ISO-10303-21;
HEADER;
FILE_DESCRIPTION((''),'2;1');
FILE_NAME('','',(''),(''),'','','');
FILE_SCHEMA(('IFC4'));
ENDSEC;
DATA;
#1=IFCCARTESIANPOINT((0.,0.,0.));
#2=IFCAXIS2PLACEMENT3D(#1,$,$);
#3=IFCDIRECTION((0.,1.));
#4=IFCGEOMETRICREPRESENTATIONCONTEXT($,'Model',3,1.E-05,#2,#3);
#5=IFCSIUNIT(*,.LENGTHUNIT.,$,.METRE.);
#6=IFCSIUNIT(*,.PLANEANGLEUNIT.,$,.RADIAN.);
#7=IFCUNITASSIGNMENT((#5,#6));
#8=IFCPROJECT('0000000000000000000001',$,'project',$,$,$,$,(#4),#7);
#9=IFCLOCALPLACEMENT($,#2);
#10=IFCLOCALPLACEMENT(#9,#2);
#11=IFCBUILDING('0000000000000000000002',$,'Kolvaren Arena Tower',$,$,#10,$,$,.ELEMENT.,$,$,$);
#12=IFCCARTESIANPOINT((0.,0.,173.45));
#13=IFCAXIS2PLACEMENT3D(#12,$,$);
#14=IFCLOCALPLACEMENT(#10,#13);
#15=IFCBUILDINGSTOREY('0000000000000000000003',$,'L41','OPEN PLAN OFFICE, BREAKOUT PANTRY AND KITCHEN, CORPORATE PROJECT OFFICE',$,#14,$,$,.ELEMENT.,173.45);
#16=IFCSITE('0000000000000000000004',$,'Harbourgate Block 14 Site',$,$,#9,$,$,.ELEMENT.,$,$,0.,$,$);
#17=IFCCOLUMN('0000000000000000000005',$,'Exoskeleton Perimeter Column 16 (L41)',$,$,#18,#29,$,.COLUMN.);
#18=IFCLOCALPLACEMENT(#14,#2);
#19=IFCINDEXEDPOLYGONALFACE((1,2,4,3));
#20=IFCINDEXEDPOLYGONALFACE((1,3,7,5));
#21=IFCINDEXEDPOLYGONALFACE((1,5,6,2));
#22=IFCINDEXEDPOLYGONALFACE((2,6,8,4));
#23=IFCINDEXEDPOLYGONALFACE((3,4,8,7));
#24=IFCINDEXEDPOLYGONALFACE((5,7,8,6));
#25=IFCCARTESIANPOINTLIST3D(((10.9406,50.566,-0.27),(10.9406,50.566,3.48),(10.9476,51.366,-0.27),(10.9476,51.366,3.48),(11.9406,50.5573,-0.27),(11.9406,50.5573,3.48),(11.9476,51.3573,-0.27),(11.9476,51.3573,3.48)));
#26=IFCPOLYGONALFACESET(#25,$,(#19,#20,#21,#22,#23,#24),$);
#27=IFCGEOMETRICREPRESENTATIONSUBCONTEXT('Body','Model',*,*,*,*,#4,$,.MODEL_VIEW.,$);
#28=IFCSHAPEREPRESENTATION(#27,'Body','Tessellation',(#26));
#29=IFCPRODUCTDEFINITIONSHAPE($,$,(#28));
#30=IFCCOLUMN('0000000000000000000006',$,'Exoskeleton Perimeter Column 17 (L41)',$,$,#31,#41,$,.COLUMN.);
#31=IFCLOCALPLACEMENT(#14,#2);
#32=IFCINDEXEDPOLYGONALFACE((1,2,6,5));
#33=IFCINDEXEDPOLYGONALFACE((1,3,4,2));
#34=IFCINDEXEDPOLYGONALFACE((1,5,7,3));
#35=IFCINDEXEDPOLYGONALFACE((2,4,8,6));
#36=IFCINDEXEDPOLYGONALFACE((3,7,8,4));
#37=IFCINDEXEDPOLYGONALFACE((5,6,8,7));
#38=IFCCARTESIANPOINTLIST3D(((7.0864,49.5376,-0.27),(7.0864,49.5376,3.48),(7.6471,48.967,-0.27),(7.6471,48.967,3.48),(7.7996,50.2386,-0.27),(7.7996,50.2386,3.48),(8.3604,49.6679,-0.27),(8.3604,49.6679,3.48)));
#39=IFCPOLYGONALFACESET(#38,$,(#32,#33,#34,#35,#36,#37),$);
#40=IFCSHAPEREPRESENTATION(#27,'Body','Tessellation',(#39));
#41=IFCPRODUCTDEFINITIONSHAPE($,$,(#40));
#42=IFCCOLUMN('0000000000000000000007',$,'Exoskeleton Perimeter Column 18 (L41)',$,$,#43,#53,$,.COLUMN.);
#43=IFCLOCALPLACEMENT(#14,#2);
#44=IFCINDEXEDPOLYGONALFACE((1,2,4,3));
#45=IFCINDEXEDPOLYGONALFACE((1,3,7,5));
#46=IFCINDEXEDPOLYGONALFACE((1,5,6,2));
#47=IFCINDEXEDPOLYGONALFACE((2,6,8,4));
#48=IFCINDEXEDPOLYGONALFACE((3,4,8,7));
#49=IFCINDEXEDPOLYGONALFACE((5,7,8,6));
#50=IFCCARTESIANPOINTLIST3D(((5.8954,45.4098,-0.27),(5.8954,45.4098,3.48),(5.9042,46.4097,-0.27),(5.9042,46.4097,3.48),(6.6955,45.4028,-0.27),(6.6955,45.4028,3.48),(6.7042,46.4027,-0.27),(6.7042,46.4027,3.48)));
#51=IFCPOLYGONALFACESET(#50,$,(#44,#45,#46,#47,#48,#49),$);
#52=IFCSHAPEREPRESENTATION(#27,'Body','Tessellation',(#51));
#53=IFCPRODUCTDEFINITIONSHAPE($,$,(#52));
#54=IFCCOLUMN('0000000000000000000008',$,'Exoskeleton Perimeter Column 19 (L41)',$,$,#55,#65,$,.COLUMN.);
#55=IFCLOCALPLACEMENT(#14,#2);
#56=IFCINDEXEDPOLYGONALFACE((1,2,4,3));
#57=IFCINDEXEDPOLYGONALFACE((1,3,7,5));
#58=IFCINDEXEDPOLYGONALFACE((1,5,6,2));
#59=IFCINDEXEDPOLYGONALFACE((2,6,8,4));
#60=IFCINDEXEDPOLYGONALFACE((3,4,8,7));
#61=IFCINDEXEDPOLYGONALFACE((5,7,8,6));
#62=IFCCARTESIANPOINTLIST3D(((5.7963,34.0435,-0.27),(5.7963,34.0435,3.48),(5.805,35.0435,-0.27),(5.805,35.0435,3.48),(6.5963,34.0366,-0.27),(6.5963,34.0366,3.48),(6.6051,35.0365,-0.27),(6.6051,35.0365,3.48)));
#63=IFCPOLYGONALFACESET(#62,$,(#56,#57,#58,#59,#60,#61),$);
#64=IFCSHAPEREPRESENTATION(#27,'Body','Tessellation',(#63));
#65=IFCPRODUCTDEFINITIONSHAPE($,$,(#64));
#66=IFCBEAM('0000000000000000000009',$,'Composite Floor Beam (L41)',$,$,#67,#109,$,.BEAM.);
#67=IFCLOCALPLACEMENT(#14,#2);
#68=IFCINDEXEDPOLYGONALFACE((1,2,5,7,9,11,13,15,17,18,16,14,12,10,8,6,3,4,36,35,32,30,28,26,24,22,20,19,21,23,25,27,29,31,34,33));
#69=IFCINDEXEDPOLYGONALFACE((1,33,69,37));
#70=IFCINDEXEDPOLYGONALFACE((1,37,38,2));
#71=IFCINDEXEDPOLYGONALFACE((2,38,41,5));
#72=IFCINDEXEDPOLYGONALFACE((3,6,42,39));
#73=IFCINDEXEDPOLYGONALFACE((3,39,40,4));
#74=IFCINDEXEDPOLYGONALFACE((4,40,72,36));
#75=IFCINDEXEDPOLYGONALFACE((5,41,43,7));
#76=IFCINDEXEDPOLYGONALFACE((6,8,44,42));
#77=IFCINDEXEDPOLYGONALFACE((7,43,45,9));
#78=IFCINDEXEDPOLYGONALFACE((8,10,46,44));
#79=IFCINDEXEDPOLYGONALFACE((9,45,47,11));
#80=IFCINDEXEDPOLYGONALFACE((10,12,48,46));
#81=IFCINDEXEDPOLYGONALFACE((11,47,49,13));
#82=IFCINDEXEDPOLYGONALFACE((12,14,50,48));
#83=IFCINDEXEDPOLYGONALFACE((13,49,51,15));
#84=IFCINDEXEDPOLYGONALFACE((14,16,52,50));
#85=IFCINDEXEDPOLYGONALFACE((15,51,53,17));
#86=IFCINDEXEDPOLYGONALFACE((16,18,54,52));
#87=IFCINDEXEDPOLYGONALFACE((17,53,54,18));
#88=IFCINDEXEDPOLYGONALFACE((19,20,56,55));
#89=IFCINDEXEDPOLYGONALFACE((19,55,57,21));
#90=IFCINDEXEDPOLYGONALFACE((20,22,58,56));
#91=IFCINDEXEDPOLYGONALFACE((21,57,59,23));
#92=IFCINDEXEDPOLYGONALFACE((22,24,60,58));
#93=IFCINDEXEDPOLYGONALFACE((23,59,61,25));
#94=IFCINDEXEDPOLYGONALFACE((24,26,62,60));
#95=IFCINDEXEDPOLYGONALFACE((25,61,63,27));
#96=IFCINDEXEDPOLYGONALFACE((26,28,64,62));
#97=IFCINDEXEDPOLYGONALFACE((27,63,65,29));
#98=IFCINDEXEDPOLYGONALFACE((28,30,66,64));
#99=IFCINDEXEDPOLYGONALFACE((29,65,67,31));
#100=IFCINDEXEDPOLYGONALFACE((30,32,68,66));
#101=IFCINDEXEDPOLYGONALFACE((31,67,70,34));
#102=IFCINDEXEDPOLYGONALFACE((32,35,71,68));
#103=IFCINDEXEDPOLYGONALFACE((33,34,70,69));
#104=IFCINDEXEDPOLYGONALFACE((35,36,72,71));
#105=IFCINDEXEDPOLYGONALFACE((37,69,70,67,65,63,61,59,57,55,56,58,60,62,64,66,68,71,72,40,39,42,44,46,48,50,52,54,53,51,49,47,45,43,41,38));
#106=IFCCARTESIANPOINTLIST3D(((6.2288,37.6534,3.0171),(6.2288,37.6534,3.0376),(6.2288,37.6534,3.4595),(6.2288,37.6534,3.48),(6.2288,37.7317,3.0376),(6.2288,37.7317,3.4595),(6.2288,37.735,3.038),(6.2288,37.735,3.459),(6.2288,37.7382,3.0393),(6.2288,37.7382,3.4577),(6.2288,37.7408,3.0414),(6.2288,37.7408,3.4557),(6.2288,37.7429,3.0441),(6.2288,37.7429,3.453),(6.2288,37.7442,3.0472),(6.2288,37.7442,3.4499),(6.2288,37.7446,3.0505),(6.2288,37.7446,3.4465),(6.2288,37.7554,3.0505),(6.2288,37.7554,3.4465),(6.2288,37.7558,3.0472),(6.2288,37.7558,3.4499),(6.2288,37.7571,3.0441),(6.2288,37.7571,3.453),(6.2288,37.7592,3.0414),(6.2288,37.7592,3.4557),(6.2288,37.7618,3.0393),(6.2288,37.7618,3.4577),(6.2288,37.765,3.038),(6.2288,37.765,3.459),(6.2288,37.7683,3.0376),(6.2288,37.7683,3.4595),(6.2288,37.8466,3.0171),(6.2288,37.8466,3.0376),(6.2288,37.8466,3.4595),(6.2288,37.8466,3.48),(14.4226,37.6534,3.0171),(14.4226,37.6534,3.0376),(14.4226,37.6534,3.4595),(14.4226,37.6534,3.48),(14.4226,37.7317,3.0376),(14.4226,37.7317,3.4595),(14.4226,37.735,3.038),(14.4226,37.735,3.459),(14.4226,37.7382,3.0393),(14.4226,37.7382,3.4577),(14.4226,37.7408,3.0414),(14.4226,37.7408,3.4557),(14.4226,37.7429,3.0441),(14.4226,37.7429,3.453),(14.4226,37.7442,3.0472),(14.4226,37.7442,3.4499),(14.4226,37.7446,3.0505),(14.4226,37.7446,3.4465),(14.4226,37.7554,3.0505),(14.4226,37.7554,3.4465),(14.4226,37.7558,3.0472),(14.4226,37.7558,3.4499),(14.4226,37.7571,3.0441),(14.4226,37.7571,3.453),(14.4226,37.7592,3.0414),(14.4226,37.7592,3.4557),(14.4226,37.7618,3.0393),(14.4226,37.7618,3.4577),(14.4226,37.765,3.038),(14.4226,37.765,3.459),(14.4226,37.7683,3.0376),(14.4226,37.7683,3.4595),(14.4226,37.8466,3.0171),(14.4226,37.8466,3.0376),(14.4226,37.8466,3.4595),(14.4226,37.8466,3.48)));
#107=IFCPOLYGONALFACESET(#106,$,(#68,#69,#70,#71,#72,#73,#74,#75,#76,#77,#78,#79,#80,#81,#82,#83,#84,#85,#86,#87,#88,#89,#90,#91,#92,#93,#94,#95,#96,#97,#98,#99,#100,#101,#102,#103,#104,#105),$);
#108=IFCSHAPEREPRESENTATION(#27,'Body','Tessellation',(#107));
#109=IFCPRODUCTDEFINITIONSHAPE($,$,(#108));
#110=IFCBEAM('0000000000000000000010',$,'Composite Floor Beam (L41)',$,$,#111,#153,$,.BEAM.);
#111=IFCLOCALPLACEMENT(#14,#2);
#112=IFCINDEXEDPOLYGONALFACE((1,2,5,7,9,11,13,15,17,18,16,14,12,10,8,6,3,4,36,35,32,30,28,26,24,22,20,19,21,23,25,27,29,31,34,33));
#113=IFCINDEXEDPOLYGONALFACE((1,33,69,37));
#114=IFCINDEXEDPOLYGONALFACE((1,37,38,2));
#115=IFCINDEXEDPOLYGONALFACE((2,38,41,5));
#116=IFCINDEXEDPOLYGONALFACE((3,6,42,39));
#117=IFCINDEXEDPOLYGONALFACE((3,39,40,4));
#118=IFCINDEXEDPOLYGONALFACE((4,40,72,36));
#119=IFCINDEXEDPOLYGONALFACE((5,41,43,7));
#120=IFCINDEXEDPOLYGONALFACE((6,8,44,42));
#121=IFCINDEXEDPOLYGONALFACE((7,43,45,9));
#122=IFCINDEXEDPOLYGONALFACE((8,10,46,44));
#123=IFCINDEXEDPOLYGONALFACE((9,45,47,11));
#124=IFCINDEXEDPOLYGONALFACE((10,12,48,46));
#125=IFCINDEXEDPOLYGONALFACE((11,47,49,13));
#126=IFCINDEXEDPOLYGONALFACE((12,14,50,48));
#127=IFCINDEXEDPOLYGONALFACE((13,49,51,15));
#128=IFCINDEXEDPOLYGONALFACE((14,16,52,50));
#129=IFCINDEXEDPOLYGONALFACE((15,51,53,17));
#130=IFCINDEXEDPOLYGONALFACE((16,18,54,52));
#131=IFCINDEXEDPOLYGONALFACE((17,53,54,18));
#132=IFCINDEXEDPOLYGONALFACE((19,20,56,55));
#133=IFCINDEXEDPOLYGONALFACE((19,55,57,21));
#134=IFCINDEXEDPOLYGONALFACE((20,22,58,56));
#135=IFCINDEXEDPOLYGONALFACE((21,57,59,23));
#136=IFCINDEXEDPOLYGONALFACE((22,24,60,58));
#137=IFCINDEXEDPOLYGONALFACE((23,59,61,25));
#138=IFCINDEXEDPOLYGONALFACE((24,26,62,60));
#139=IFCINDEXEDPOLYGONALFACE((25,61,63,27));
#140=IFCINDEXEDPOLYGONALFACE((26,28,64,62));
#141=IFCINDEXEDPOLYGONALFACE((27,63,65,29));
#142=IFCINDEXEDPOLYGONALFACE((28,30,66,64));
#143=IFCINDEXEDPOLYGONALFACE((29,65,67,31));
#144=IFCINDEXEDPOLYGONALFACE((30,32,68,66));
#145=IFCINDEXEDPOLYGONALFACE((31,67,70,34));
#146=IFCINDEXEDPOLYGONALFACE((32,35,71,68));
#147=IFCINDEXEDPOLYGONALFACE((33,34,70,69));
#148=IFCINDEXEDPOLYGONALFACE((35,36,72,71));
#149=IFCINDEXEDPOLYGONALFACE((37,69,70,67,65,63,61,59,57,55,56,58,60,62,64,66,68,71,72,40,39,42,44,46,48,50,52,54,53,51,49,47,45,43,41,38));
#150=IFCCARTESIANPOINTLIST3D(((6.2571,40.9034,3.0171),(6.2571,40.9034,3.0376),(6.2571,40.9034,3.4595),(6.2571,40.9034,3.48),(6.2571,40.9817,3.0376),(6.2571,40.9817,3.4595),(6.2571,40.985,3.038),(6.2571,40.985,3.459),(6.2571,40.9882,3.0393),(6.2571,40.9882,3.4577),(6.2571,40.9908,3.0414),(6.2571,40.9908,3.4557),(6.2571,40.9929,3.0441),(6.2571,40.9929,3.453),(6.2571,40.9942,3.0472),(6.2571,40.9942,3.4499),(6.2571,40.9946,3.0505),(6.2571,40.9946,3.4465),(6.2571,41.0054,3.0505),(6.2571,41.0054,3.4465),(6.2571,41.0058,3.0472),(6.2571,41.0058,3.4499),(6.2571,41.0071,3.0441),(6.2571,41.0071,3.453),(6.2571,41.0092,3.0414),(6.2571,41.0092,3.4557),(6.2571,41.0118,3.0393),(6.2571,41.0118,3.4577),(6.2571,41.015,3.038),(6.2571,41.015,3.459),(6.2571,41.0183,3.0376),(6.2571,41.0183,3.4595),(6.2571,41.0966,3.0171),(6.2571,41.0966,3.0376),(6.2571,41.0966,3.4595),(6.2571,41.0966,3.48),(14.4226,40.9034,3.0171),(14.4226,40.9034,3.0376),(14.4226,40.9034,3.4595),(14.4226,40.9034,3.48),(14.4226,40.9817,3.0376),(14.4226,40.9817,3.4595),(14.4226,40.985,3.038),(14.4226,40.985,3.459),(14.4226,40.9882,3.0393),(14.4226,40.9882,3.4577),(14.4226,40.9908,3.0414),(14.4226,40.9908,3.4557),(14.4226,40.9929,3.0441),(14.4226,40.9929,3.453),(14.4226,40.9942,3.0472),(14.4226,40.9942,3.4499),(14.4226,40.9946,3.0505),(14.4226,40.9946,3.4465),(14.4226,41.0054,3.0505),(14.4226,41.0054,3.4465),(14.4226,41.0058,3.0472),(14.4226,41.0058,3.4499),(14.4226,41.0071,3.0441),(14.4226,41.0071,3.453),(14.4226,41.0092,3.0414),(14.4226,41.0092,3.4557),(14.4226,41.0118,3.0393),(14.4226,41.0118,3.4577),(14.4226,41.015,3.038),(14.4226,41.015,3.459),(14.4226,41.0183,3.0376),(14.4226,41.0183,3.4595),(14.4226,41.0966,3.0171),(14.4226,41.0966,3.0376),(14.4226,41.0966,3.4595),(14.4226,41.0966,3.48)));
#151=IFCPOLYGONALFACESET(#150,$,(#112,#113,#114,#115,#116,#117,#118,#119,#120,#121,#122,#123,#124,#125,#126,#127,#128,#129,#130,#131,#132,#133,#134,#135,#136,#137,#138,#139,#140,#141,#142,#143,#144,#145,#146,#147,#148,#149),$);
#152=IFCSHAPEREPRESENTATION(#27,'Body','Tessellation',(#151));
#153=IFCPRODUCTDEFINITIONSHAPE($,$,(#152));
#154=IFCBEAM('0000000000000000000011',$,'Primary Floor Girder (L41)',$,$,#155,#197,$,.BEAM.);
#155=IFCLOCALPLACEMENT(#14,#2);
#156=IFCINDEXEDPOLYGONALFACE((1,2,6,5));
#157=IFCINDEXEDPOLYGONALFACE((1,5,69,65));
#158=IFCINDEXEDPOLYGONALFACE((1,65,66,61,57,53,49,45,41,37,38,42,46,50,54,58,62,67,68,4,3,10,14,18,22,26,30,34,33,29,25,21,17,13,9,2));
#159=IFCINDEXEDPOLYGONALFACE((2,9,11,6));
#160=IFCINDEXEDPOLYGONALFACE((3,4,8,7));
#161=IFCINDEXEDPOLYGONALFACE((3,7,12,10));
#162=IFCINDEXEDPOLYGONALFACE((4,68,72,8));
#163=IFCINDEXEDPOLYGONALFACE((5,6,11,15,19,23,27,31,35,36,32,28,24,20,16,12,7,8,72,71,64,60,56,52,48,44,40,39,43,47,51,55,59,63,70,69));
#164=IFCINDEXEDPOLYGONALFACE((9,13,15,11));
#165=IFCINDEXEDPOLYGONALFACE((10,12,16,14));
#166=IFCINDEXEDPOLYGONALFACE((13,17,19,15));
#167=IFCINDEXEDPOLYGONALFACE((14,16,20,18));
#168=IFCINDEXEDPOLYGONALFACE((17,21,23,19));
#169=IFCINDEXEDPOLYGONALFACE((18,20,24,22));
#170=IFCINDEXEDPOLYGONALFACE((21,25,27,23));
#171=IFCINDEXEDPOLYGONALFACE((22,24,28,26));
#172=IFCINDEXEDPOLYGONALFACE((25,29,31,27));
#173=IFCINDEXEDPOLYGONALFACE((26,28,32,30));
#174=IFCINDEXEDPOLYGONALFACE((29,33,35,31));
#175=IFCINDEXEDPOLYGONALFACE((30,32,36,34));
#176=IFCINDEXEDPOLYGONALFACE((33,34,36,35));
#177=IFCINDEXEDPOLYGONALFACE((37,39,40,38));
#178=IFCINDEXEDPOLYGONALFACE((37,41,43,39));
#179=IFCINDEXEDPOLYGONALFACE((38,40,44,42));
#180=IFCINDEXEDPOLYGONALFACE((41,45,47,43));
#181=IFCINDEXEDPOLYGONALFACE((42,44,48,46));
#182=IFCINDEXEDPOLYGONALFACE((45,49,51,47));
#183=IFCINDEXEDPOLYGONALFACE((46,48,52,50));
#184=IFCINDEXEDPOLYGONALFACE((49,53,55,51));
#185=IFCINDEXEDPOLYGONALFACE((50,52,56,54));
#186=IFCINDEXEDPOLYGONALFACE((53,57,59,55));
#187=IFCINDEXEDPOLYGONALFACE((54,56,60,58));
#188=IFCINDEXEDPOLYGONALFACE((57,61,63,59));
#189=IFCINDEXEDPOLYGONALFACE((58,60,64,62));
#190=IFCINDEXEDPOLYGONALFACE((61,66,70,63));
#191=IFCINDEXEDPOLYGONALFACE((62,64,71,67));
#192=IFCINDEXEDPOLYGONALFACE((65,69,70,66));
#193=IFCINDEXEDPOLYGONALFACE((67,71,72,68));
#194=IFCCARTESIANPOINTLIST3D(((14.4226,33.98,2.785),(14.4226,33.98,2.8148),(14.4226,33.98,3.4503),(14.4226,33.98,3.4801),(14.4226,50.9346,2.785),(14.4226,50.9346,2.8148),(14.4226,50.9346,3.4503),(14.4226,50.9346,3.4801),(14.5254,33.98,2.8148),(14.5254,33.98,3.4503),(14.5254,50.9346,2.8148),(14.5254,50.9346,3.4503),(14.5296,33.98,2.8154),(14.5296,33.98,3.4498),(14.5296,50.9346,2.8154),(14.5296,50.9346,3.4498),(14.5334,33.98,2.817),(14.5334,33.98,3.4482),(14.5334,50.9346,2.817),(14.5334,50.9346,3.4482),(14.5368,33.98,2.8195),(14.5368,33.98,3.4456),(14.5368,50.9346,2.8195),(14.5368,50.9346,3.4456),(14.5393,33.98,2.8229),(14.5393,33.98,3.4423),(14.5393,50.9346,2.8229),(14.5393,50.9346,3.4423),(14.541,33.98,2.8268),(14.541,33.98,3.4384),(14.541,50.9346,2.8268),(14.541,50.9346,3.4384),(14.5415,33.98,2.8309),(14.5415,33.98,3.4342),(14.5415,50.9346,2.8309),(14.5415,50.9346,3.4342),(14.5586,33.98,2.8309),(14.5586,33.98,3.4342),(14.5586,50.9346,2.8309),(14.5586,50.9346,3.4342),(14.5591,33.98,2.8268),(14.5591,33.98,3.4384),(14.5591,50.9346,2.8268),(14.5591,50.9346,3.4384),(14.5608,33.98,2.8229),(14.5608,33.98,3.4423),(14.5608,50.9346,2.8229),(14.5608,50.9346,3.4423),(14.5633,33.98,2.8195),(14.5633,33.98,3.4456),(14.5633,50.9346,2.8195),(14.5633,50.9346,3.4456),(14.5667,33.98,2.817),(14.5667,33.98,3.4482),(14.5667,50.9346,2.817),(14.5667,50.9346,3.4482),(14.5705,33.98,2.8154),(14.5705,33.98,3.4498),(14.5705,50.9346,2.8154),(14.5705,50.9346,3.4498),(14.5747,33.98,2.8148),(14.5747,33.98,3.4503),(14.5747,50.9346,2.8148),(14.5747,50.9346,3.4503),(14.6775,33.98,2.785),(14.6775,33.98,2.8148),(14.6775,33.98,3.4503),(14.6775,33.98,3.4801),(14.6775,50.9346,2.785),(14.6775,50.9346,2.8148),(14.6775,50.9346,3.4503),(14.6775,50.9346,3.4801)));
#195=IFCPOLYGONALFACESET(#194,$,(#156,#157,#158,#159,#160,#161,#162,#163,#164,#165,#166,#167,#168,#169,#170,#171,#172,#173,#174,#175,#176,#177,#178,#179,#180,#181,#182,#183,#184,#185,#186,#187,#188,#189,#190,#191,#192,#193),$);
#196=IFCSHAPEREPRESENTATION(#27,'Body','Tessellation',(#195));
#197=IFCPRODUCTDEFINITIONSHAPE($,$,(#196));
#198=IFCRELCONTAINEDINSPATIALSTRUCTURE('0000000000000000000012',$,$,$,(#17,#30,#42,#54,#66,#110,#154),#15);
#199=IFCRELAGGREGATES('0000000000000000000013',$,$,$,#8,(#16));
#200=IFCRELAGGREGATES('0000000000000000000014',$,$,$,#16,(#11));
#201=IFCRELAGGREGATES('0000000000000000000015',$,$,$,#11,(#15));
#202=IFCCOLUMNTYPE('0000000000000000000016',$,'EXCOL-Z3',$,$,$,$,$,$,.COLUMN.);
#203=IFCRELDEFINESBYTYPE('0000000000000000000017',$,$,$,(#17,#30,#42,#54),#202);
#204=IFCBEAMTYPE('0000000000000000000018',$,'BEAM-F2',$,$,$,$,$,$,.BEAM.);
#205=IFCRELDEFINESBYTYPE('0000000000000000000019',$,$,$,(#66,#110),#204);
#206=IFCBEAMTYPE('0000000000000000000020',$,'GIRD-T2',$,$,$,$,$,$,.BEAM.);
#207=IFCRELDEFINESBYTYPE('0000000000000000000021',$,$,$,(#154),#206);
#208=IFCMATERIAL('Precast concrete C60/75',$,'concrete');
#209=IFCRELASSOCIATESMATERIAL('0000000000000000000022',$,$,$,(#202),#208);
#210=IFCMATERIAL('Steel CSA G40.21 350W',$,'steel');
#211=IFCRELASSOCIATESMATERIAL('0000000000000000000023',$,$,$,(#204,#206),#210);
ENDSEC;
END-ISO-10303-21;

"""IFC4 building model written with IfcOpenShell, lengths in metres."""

from ifc_helpers import new_model, si_unit, direction, frame, origin, origin_2d, place, context, subcontext, project, spatial, rectangle, i_section, extrude, material, material_profile, profile_set, type_object, element, save


model = new_model("IFC4")

# Units and contexts
model_context = context("Model", 3, precision=1e-05, world=origin(), true_north=direction((0.0, 1.0)))
body_context = subcontext(model_context, "Body", "Model", "MODEL_VIEW")
ifc_project = project(units=[si_unit("LENGTHUNIT", "METRE"), si_unit("PLANEANGLEUNIT", "RADIAN")], contexts=[model_context])

# Site, building, storey
site_placement = place(None, origin())
site = spatial("IfcSite", under=ifc_project, at=site_placement, Name="Harbourgate Block 14 Site", CompositionType="ELEMENT", RefElevation=0.0)
building_placement = place(site_placement, origin())
building = spatial("IfcBuilding", under=site, at=building_placement, Name="Kolvaren Arena Tower", CompositionType="ELEMENT")
storey_placement = place(building_placement, frame((0.0, 0.0, 173.45)))
storey = spatial("IfcBuildingStorey", under=building, at=storey_placement, Name="L41", Description="OPEN PLAN OFFICE, BREAKOUT PANTRY AND KITCHEN, CORPORATE PROJECT OFFICE", CompositionType="ELEMENT", Elevation=173.45)

# Columns
ifc_material_1 = material(Name="Precast concrete C60/75", Category="concrete")
ifc_material_profile_1 = material_profile(ifc_material_1, rectangle(XDim=1.0, YDim=0.8, at=origin_2d()), Name="RC-1000x800")
ifc_profile_set_1 = profile_set([ifc_material_profile_1], Name="Precast concrete C60/75")
column_type = type_object("IfcColumnType", Name="EXCOL-Z3", PredefinedType="COLUMN", material=ifc_profile_set_1)
for number, where, z_axis, x_axis, name in (
    (1, (11.4441, 50.9617, -0.27), (0.0, 0.0, 1.0), (0.999962, -0.008727, 0.0), "Exoskeleton Perimeter Column 16 (L41)"),
    (2, (7.7234, 49.6028, -0.27), (0.0, 0.0, 1.0), (0.71325, 0.700909, 0.0), "Exoskeleton Perimeter Column 17 (L41)"),
    (3, (6.2998, 45.9062, -0.27), (0.0, 0.0, 1.0), (0.008727, 0.999962, 0.0), "Exoskeleton Perimeter Column 18 (L41)"),
    (4, (6.2007, 34.54, -0.27), (0.0, 0.0, 1.0), (0.008727, 0.999962, 0.0), "Exoskeleton Perimeter Column 19 (L41)"),
):
    element("IfcColumn", number, at=place(storey_placement, frame(where, z_axis=z_axis, x_axis=x_axis)), inside=storey, type_object=column_type, Name=name, PredefinedType="COLUMN", context=body_context, shape_type="SweptSolid", body=[
        extrude(rectangle(XDim=1.0, YDim=0.8, at=origin_2d()), origin(), (0.0, 0.0, 1.0), 3.75),
    ])

# Beams
ifc_material_2 = material(Name="Steel CSA G40.21 350W", Category="steel")
ifc_material_profile_2 = material_profile(ifc_material_2, i_section(OverallWidth=0.1931, OverallDepth=0.4629, WebThickness=0.0107, FlangeThickness=0.0205, FilletRadius=0.0129, at=origin_2d()), Name="W460x113")
ifc_profile_set_2 = profile_set([ifc_material_profile_2], Name="Steel CSA G40.21 350W")
beam_type_1 = type_object("IfcBeamType", Name="BEAM-F2", PredefinedType="BEAM", material=ifc_profile_set_2)
beam_1_placement = place(storey_placement, frame((6.2288, 37.75, 3.2485), z_axis=(1.0, 0.0, 0.0), x_axis=(0.0, 1.0, 0.0)))
element("IfcBeam", 5, at=beam_1_placement, inside=storey, type_object=beam_type_1, Name="Composite Floor Beam (L41)", PredefinedType="BEAM", context=body_context, shape_type="SweptSolid", body=[
    extrude(i_section(OverallWidth=0.1931, OverallDepth=0.4629, WebThickness=0.0107, FlangeThickness=0.0205, FilletRadius=0.0129, at=origin_2d()), origin(), (0.0, 0.0, 1.0), 8.1938),
])
beam_2_placement = place(storey_placement, frame((6.2571, 41.0, 3.2485), z_axis=(1.0, 0.0, 0.0), x_axis=(0.0, 1.0, 0.0)))
element("IfcBeam", 6, at=beam_2_placement, inside=storey, type_object=beam_type_1, Name="Composite Floor Beam (L41)", PredefinedType="BEAM", context=body_context, shape_type="SweptSolid", body=[
    extrude(i_section(OverallWidth=0.1931, OverallDepth=0.4629, WebThickness=0.0107, FlangeThickness=0.0205, FilletRadius=0.0129, at=origin_2d()), origin(), (0.0, 0.0, 1.0), 8.1655),
])
ifc_material_profile_3 = material_profile(ifc_material_2, i_section(OverallWidth=0.2549, OverallDepth=0.6951, WebThickness=0.0171, FlangeThickness=0.0298, FilletRadius=0.0161, at=origin_2d()), Name="W690x217")
ifc_profile_set_3 = profile_set([ifc_material_profile_3], Name="Steel CSA G40.21 350W")
beam_type_2 = type_object("IfcBeamType", Name="GIRD-T2", PredefinedType="BEAM", material=ifc_profile_set_3)
beam_3_placement = place(storey_placement, frame((14.55, 33.98, 3.1326), z_axis=(0.0, 1.0, 0.0), x_axis=(-1.0, 0.0, 0.0)))
element("IfcBeam", 7, at=beam_3_placement, inside=storey, type_object=beam_type_2, Name="Primary Floor Girder (L41)", PredefinedType="BEAM", context=body_context, shape_type="SweptSolid", body=[
    extrude(i_section(OverallWidth=0.2549, OverallDepth=0.6951, WebThickness=0.0171, FlangeThickness=0.0298, FilletRadius=0.0161, at=origin_2d()), origin(), (0.0, 0.0, 1.0), 16.9546),
])

save(model, "model.ifc")
